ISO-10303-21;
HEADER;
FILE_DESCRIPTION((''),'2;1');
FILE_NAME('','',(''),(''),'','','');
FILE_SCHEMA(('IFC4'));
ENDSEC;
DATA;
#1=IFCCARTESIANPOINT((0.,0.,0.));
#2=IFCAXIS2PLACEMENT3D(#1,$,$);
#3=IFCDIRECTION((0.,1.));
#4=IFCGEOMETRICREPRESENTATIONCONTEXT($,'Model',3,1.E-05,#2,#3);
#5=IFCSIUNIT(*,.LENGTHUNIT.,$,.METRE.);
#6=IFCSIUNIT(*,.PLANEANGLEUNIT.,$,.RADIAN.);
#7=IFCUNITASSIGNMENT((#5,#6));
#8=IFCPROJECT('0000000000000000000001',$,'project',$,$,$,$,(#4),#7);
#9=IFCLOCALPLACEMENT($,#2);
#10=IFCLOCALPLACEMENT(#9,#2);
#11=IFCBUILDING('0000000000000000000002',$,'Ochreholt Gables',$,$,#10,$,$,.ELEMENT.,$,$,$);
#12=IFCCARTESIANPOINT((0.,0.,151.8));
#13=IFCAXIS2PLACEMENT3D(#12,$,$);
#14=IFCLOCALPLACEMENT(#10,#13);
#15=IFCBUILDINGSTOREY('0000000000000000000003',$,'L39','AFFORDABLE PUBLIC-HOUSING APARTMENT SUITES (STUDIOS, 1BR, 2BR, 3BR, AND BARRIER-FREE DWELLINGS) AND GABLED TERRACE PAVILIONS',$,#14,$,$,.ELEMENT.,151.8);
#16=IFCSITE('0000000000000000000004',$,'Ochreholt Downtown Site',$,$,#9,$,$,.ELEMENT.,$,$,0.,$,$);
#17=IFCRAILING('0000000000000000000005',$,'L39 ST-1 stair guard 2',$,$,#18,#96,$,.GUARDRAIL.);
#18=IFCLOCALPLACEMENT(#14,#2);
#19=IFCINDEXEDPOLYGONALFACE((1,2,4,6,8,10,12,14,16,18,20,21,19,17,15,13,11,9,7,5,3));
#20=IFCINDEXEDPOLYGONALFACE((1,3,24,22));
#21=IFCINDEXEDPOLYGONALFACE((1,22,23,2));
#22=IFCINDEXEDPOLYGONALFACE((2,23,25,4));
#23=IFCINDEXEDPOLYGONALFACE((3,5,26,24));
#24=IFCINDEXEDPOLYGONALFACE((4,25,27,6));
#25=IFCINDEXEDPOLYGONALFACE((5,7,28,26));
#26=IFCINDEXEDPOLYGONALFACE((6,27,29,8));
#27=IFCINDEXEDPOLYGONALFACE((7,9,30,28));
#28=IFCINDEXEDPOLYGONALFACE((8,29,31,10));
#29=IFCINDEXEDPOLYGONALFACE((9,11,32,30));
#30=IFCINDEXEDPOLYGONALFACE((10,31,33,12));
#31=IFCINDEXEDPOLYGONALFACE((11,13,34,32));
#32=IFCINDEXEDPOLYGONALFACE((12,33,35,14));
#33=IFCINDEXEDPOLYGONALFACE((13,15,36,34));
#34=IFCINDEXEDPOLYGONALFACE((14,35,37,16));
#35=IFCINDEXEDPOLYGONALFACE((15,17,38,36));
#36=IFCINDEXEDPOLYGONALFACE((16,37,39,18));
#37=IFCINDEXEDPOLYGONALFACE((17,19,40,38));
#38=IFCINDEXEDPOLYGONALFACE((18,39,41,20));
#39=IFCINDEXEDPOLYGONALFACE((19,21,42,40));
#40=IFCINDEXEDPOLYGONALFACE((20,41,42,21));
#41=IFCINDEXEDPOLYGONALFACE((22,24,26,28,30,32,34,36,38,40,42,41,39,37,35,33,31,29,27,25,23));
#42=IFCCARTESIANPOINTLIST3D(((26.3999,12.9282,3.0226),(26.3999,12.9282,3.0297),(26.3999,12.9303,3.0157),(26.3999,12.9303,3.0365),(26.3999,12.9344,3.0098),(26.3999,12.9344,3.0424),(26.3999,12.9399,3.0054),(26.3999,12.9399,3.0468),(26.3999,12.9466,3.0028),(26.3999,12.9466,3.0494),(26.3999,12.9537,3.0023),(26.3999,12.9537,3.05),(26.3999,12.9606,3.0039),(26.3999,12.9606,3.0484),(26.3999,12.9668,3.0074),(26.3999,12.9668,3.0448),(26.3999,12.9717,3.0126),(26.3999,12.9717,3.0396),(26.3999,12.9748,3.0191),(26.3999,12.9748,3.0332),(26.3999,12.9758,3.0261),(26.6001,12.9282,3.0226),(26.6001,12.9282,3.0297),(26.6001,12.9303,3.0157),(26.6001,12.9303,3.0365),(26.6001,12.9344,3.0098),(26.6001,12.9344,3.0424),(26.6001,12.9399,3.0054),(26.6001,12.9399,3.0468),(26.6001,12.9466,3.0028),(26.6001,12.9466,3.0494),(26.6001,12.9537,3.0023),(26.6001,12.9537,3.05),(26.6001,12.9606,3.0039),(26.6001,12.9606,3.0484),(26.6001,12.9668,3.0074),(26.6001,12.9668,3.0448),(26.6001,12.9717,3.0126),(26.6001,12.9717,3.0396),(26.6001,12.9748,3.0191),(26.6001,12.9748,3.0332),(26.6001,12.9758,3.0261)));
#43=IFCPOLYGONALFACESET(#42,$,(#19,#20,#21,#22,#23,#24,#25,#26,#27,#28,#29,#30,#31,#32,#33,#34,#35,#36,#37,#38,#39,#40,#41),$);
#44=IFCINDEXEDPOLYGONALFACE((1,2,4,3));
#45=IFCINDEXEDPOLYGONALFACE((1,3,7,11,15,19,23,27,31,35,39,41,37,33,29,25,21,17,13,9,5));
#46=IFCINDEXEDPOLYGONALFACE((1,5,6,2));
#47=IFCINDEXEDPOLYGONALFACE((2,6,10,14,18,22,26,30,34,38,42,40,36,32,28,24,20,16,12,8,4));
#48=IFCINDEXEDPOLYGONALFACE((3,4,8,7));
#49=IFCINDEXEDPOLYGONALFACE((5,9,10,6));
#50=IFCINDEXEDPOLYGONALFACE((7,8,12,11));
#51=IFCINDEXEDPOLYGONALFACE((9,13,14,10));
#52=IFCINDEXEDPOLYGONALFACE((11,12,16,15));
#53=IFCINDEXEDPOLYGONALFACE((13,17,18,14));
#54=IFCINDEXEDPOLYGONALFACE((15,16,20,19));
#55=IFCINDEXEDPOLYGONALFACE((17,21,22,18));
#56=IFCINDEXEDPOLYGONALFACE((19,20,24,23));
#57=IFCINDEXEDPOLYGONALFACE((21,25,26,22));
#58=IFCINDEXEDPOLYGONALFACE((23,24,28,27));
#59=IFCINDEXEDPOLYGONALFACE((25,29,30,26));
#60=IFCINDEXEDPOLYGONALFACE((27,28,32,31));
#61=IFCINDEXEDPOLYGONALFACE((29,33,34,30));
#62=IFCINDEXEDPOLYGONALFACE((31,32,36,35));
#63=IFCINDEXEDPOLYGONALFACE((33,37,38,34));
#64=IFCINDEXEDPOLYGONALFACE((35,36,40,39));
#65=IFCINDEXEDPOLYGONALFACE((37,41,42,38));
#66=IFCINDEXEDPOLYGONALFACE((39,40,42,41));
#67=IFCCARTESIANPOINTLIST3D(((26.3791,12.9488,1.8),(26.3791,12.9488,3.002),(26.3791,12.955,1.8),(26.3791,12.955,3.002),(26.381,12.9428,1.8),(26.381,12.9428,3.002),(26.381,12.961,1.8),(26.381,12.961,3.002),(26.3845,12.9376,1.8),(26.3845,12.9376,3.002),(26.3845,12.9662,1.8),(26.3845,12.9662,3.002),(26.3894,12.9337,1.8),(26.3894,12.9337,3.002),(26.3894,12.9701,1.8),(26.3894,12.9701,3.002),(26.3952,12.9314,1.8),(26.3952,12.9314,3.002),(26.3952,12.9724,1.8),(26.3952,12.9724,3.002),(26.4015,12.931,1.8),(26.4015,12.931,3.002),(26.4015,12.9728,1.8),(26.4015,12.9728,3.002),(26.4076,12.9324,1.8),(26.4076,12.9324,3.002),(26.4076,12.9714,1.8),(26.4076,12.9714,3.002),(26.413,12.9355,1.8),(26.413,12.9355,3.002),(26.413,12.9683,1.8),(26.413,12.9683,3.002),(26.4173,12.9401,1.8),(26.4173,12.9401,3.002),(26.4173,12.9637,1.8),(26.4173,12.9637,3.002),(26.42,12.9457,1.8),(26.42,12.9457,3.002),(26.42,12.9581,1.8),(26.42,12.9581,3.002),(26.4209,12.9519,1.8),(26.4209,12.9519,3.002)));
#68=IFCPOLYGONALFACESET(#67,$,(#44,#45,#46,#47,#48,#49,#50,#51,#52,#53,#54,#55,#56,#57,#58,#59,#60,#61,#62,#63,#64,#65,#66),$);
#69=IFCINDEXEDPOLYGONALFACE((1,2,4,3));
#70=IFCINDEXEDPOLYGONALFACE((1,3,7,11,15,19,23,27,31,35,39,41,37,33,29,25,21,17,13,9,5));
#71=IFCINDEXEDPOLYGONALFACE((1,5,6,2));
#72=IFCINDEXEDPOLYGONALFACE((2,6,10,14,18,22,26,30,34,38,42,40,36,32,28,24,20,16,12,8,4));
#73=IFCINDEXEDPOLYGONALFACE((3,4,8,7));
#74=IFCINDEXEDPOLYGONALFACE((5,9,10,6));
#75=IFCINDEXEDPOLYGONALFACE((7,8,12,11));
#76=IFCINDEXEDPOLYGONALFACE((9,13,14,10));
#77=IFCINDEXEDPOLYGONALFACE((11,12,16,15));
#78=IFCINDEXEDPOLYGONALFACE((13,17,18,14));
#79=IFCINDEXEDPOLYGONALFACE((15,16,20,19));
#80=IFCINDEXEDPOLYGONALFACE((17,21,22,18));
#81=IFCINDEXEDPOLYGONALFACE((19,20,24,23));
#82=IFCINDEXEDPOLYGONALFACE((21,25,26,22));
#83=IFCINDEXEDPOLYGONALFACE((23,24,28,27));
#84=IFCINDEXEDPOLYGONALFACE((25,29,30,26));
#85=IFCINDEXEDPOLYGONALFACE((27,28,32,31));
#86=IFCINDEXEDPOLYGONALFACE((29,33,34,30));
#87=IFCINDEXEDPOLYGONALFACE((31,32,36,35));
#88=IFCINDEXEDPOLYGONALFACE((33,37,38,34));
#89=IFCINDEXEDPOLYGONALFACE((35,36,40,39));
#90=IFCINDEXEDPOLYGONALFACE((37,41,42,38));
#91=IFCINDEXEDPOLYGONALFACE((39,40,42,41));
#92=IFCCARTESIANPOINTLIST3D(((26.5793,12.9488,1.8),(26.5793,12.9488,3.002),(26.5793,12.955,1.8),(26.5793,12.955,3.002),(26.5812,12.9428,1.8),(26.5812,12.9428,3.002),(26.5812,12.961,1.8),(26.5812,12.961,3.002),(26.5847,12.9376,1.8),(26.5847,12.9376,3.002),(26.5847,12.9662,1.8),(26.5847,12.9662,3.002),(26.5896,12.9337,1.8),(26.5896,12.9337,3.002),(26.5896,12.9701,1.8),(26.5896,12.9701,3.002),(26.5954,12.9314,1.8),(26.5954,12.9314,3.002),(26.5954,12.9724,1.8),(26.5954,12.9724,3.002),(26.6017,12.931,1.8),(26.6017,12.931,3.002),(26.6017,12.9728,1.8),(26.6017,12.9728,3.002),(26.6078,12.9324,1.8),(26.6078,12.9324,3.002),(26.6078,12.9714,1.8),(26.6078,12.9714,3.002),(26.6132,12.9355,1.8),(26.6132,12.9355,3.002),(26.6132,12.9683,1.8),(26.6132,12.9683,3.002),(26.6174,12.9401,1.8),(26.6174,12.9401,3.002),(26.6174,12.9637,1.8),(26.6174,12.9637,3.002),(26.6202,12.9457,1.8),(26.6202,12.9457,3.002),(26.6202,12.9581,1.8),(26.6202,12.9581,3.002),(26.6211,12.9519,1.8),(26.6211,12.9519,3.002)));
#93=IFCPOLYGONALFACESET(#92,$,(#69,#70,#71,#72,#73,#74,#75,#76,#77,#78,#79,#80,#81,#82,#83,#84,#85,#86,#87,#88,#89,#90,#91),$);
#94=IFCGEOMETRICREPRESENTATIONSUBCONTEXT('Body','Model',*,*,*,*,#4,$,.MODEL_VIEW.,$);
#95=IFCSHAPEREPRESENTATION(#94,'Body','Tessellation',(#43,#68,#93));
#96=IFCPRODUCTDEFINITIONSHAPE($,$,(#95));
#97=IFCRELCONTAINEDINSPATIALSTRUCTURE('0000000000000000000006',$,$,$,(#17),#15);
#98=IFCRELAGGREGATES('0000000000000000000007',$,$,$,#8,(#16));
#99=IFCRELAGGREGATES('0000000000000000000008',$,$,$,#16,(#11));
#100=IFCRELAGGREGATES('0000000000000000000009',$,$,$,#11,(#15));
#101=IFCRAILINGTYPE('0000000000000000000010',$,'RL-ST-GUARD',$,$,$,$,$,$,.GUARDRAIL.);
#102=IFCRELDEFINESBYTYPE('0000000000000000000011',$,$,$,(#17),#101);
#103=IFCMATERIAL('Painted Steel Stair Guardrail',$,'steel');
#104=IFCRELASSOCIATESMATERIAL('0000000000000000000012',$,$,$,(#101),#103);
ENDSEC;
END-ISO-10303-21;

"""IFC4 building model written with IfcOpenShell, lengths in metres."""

from ifc_helpers import new_model, si_unit, direction, frame, origin, origin_2d, place, context, subcontext, project, spatial, circle, extrude, material, type_object, element, save


model = new_model("IFC4")

# Units and contexts
model_context = context("Model", 3, precision=1e-05, world=origin(), true_north=direction((0.0, 1.0)))
body_context = subcontext(model_context, "Body", "Model", "MODEL_VIEW")
ifc_project = project(units=[si_unit("LENGTHUNIT", "METRE"), si_unit("PLANEANGLEUNIT", "RADIAN")], contexts=[model_context])

# Site, building, storey
site_placement = place(None, origin())
site = spatial("IfcSite", under=ifc_project, at=site_placement, Name="Ochreholt Downtown Site", CompositionType="ELEMENT", RefElevation=0.0)
building_placement = place(site_placement, origin())
building = spatial("IfcBuilding", under=site, at=building_placement, Name="Ochreholt Gables", CompositionType="ELEMENT")
storey_placement = place(building_placement, frame((0.0, 0.0, 151.8)))
storey = spatial("IfcBuildingStorey", under=building, at=storey_placement, Name="L39", Description="AFFORDABLE PUBLIC-HOUSING APARTMENT SUITES (STUDIOS, 1BR, 2BR, 3BR, AND BARRIER-FREE DWELLINGS) AND GABLED TERRACE PAVILIONS", CompositionType="ELEMENT", Elevation=151.8)

# Railing
ifc_material_1 = material(Name="Painted Steel Stair Guardrail", Category="steel")
railing_type_1 = type_object("IfcRailingType", Name="RL-ST-GUARD", PredefinedType="GUARDRAIL", material=ifc_material_1)
railing_1_placement = place(storey_placement, frame((26.3999, 12.9519, 1.8)))
element("IfcRailing", 1, at=railing_1_placement, inside=storey, type_object=railing_type_1, Name="L39 ST-1 stair guard 2", PredefinedType="GUARDRAIL", context=body_context, shape_type="SweptSolid", body=[
    extrude(circle(Radius=0.0239, at=origin_2d()), frame((0.0, 0.0, 1.2261), z_axis=(1.0, 0.0, 0.0), x_axis=(0.0, 1.0, 0.0)), (0.0, 0.0, 1.0), 0.2002),
    extrude(circle(Radius=0.021, at=origin_2d()), origin(), (0.0, 0.0, 1.0), 1.2019),
    extrude(circle(Radius=0.021, at=origin_2d()), frame((0.2002, 0.0, 0.0)), (0.0, 0.0, 1.0), 1.2019),
])

save(model, "model.ifc")
